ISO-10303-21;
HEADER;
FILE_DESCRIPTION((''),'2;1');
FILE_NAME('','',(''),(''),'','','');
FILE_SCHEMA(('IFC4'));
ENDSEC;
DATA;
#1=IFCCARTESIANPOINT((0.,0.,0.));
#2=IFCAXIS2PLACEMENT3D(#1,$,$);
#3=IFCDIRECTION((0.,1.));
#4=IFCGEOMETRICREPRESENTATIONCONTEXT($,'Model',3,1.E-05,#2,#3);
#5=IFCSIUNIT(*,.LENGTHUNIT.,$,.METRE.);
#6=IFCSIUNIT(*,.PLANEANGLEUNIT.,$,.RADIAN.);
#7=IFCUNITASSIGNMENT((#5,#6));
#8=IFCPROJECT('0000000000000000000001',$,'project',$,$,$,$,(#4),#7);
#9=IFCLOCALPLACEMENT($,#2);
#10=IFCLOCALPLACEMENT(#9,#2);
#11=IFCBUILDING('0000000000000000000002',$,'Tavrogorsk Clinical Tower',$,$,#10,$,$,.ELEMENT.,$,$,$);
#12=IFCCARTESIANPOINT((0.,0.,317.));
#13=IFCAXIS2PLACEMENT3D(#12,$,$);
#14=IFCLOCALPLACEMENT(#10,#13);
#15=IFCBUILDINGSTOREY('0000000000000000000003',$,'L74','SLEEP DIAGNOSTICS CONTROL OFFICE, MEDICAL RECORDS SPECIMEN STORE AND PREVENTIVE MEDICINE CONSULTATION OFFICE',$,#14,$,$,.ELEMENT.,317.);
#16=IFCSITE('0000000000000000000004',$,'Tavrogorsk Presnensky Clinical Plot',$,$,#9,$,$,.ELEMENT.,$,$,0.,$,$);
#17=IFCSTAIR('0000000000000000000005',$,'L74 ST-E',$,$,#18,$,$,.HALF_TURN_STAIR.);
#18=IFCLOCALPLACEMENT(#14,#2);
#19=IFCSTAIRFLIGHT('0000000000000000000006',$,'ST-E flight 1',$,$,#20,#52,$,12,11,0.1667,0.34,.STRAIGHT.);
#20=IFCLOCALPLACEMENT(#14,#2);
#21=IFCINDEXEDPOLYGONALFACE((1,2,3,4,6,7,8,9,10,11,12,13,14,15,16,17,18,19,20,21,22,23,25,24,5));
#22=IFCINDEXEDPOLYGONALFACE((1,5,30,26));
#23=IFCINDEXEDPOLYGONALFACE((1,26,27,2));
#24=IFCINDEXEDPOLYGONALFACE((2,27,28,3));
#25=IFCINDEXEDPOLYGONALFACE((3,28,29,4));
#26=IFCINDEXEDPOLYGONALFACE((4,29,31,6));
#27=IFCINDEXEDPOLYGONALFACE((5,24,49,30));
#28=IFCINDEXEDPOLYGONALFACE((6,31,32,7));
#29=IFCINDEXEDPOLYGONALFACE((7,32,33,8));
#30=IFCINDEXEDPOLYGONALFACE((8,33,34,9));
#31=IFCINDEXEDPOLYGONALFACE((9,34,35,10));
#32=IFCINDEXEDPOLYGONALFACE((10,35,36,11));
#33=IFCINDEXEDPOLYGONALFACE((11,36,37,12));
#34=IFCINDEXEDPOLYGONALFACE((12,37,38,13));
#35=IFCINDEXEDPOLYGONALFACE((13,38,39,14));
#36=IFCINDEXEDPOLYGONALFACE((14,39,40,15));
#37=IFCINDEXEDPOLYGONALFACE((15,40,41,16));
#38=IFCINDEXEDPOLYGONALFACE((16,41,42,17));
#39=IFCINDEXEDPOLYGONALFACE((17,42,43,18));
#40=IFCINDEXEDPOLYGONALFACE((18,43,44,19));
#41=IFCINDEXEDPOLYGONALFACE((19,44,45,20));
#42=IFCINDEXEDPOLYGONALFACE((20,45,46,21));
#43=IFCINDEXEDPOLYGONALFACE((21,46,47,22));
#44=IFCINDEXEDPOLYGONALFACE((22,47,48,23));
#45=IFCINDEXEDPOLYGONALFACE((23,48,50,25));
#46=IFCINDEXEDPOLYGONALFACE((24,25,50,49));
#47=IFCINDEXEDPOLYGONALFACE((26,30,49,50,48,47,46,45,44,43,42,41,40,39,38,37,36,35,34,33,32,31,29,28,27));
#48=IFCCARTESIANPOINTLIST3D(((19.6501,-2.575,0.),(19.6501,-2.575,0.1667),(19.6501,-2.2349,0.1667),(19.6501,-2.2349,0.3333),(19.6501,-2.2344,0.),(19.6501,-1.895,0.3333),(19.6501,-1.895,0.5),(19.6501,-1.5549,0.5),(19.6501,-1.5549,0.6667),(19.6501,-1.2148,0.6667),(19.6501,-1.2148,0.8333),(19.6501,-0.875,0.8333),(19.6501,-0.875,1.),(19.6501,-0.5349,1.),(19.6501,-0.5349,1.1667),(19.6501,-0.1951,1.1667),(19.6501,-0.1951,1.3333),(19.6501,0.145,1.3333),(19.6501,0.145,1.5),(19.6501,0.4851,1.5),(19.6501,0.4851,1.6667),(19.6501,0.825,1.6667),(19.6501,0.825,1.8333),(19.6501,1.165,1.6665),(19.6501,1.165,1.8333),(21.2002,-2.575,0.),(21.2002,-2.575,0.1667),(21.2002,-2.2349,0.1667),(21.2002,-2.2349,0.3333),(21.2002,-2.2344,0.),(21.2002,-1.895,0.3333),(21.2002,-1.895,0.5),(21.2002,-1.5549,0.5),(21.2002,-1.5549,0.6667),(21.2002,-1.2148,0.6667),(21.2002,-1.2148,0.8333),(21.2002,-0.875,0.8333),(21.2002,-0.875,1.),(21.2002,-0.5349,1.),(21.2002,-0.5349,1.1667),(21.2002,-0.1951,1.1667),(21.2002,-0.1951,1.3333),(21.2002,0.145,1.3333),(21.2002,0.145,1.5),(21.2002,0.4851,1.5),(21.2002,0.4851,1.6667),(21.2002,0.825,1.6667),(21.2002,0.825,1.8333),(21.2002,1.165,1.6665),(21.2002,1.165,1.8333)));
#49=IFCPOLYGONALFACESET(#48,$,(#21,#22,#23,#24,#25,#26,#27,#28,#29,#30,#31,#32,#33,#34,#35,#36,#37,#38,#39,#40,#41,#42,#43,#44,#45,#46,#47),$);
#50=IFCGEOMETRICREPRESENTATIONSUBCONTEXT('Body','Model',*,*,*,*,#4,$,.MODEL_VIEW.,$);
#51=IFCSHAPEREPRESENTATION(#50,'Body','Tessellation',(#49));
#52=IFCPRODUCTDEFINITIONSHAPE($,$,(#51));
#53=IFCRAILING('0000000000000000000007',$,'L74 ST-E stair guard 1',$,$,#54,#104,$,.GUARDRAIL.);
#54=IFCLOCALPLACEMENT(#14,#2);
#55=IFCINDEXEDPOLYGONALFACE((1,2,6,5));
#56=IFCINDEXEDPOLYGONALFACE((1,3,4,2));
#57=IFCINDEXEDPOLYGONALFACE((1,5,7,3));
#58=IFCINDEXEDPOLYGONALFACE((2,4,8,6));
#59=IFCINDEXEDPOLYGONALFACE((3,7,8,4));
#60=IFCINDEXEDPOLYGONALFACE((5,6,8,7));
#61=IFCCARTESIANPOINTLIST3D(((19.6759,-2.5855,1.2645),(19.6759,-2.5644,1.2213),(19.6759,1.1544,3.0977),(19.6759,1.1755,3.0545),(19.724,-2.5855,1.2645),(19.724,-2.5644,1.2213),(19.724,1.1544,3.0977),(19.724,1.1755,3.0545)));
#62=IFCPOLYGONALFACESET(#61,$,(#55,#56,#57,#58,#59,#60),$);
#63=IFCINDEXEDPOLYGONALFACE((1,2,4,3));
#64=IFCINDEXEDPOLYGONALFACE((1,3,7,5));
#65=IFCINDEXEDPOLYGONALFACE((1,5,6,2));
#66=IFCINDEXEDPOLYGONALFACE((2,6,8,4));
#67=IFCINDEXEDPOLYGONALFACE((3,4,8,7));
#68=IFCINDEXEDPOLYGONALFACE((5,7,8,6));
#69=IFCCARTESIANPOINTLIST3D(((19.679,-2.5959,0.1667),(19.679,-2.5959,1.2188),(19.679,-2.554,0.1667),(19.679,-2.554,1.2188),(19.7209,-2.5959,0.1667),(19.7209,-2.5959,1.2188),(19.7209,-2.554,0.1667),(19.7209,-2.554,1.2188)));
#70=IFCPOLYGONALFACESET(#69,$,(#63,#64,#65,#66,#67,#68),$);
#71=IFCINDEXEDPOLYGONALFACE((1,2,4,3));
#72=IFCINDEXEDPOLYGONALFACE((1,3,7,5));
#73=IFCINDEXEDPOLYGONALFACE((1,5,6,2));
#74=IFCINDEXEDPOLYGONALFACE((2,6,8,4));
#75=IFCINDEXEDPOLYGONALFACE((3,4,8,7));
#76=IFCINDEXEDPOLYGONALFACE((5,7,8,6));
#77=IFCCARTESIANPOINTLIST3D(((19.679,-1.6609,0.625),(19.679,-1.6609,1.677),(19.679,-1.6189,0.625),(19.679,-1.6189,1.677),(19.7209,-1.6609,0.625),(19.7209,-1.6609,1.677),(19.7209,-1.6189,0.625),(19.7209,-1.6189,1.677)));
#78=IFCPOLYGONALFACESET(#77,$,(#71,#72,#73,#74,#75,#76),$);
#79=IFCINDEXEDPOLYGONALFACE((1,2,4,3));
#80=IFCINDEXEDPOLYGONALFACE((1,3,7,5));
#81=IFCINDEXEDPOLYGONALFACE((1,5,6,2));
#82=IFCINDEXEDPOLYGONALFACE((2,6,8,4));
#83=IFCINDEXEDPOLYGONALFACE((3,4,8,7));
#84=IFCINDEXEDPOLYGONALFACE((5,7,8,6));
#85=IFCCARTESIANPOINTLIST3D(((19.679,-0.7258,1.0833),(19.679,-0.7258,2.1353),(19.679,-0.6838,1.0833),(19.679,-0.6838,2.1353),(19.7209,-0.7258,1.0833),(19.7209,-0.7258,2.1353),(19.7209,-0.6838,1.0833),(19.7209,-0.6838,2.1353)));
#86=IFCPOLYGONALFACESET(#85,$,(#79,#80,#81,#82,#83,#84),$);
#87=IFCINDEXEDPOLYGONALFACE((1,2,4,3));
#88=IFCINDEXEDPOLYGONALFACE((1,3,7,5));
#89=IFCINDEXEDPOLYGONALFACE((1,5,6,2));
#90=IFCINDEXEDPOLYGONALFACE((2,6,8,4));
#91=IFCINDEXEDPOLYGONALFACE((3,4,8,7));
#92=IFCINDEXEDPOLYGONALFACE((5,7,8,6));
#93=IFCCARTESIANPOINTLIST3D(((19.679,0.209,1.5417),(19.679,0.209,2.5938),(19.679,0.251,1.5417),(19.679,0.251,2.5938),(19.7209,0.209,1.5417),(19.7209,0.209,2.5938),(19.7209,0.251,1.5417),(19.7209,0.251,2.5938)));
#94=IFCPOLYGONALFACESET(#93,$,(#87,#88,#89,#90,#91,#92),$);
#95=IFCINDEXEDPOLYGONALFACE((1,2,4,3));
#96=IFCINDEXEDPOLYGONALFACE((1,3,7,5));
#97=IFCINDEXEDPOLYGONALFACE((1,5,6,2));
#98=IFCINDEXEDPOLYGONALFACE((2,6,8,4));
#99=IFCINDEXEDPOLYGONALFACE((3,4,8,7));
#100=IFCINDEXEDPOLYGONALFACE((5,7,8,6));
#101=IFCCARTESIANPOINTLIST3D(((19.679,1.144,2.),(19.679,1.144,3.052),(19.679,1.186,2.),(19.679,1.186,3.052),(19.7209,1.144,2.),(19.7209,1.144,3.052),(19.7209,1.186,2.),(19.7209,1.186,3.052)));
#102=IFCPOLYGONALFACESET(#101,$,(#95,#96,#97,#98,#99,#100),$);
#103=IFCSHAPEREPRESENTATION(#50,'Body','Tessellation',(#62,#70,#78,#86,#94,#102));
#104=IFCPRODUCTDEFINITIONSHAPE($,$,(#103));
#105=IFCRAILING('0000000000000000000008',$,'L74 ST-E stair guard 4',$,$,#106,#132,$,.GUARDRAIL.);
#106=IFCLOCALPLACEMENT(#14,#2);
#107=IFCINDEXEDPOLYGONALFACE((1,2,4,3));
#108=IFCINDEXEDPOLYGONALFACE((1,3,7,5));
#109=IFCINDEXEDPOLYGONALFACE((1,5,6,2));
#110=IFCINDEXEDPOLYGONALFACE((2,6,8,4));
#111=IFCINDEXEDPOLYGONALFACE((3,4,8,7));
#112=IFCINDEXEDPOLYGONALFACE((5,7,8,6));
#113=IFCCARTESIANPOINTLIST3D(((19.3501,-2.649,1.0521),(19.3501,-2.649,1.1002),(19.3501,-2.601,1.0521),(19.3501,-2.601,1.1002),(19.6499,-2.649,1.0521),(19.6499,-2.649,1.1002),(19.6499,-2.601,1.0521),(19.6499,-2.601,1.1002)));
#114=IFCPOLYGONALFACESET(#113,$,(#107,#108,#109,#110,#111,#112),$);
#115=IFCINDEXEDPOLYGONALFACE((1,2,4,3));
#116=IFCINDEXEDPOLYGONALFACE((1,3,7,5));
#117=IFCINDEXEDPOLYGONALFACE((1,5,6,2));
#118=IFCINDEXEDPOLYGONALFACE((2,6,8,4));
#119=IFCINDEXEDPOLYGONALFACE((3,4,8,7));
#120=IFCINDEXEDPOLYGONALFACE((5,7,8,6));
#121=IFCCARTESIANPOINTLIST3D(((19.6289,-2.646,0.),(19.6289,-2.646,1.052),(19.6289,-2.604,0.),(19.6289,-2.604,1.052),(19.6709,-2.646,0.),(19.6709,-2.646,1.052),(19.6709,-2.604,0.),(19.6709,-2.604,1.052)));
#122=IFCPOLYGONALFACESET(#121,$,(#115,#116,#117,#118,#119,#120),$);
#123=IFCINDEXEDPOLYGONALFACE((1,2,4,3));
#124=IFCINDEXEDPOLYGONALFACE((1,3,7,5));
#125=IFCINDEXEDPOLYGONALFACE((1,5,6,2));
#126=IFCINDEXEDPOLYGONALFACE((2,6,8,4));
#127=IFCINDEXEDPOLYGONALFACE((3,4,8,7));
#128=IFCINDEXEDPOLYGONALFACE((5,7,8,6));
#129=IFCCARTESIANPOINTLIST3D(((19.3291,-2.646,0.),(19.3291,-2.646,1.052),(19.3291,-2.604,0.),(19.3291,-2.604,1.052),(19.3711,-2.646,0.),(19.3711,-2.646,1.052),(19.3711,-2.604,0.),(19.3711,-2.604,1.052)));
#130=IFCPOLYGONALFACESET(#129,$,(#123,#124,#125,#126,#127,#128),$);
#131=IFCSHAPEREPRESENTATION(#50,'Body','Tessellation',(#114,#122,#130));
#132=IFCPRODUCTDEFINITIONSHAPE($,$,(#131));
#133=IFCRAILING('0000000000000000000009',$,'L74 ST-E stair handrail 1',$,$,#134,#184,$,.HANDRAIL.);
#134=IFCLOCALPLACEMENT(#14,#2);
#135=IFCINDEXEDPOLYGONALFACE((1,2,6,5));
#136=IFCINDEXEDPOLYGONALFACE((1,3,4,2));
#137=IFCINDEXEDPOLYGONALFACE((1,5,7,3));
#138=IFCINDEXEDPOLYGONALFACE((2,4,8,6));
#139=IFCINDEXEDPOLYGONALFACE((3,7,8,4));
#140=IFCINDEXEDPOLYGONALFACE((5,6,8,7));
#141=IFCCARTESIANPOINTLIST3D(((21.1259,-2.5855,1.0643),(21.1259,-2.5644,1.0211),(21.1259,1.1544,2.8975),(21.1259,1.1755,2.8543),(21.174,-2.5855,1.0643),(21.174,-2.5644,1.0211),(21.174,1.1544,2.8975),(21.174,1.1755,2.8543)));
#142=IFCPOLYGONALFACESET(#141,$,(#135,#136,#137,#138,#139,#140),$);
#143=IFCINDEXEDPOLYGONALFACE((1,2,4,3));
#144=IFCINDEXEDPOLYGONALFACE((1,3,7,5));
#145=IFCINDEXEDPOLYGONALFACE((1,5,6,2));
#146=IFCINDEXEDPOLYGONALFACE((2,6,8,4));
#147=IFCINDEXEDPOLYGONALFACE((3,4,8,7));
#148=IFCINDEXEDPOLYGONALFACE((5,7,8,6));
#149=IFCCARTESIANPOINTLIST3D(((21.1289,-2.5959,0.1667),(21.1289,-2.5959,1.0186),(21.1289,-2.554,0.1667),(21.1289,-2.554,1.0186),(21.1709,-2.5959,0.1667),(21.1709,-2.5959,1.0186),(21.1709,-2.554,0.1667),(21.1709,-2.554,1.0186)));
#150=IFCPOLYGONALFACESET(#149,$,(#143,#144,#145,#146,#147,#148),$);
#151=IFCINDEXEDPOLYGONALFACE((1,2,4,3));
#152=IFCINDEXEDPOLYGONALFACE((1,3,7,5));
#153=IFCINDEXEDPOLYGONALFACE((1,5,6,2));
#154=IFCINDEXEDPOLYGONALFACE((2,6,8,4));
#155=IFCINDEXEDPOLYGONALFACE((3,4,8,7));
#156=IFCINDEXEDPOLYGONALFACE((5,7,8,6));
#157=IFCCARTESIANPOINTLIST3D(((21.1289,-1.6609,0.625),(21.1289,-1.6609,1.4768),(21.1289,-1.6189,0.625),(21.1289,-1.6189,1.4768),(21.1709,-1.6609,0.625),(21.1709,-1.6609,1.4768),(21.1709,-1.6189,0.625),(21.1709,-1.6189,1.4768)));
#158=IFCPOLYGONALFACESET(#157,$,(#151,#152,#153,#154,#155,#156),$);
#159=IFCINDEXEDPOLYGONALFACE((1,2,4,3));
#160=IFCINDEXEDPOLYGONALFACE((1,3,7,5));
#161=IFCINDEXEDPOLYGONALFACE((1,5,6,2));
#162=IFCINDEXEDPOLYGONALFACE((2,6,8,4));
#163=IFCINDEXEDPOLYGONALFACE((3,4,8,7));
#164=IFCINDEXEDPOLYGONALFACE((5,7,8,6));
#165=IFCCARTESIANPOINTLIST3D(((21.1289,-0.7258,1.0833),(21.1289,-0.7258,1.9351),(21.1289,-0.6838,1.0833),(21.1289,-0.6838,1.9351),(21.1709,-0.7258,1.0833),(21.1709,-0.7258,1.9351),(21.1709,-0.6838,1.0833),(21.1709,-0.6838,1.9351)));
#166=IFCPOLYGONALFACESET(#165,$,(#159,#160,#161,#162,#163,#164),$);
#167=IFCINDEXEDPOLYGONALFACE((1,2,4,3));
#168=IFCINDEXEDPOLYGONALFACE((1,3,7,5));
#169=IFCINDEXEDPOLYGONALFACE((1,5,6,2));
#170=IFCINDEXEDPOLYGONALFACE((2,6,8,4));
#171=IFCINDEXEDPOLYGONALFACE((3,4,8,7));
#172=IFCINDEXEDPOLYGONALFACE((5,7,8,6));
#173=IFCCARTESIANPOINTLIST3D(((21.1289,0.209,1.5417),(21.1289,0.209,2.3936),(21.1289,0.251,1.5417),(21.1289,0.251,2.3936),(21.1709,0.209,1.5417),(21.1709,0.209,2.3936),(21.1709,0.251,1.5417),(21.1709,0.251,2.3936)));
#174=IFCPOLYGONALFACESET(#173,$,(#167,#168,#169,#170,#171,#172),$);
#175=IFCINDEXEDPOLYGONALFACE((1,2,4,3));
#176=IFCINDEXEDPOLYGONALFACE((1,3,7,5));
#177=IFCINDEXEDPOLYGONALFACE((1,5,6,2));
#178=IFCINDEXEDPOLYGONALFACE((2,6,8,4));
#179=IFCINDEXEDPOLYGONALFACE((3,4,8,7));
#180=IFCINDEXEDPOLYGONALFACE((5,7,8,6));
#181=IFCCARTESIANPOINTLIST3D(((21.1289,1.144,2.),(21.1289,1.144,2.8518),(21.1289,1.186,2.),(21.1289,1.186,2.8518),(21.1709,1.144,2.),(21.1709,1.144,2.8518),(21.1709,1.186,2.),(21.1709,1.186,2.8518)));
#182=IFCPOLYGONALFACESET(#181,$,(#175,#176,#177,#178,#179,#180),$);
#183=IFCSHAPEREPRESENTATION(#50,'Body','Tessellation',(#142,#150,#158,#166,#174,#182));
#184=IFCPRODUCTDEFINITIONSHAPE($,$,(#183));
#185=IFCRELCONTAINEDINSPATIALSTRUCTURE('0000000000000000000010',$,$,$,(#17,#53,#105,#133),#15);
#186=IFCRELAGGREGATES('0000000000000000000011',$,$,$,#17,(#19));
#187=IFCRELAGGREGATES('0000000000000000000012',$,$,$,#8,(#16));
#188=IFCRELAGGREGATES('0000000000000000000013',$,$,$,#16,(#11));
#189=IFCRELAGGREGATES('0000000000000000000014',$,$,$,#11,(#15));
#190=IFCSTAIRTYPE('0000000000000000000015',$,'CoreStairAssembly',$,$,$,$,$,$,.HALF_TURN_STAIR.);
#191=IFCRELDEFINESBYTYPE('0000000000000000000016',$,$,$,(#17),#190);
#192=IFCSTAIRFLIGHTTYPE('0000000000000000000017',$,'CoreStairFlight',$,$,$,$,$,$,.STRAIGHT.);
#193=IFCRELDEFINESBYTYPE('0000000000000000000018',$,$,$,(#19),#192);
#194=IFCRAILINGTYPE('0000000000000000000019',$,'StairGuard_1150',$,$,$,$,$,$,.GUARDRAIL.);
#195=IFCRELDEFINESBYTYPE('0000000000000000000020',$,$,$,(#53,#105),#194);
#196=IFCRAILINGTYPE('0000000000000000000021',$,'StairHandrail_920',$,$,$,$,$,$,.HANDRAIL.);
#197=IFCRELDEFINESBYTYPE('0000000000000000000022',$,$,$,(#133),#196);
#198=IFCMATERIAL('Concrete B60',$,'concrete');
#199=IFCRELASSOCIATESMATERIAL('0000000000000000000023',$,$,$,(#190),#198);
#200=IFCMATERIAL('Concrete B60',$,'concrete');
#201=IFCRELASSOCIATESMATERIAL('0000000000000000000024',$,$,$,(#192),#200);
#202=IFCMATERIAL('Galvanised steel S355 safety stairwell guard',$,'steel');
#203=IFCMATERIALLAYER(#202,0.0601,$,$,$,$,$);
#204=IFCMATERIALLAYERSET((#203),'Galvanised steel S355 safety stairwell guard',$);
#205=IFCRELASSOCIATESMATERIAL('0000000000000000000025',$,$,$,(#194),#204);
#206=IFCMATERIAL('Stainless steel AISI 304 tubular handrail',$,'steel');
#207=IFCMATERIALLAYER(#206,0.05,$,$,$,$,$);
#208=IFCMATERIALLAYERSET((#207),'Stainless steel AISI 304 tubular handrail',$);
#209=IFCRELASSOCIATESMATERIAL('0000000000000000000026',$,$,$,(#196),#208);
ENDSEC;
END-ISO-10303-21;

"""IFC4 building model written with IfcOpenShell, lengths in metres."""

from ifc_helpers import new_model, si_unit, direction, frame, origin, origin_2d, place, context, subcontext, project, spatial, polyline, rectangle, outline, extrude, material, layer, layer_set, type_object, element, aggregate, save


model = new_model("IFC4")

# Units and contexts
model_context = context("Model", 3, precision=1e-05, world=origin(), true_north=direction((0.0, 1.0)))
body_context = subcontext(model_context, "Body", "Model", "MODEL_VIEW")
ifc_project = project(units=[si_unit("LENGTHUNIT", "METRE"), si_unit("PLANEANGLEUNIT", "RADIAN")], contexts=[model_context])

# Site, building, storey
site_placement = place(None, origin())
site = spatial("IfcSite", under=ifc_project, at=site_placement, Name="Tavrogorsk Presnensky Clinical Plot", CompositionType="ELEMENT", RefElevation=0.0)
building_placement = place(site_placement, origin())
building = spatial("IfcBuilding", under=site, at=building_placement, Name="Tavrogorsk Clinical Tower", CompositionType="ELEMENT")
storey_placement = place(building_placement, frame((0.0, 0.0, 317.0)))
storey = spatial("IfcBuildingStorey", under=building, at=storey_placement, Name="L74", Description="SLEEP DIAGNOSTICS CONTROL OFFICE, MEDICAL RECORDS SPECIMEN STORE AND PREVENTIVE MEDICINE CONSULTATION OFFICE", CompositionType="ELEMENT", Elevation=317.0)

# Stair, stair flight
ifc_material_1 = material(Name="Concrete B60", Category="concrete")
stair_type = type_object("IfcStairType", Name="CoreStairAssembly", PredefinedType="HALF_TURN_STAIR", material=ifc_material_1)
stair_placement = place(storey_placement, origin())
stair = element("IfcStair", 1, at=stair_placement, inside=storey, type_object=stair_type, Name="L74 ST-E", PredefinedType="HALF_TURN_STAIR")
ifc_material_2 = material(Name="Concrete B60", Category="concrete")
stair_flight_type = type_object("IfcStairFlightType", Name="CoreStairFlight", PredefinedType="STRAIGHT", material=ifc_material_2)
stair_flight_placement = place(storey_placement, frame((20.425, -2.575, 0.0), z_axis=(0.0, 0.0, 1.0), x_axis=(0.0, 1.0, 0.0)))
stair_flight = element("IfcStairFlight", 2, at=stair_flight_placement, type_object=stair_flight_type, Name="ST-E flight 1", NumberOfRisers=12, NumberOfTreads=11, PredefinedType="STRAIGHT", RiserHeight=0.1667, TreadLength=0.34, context=body_context, shape_type="SweptSolid", body=[
    extrude(outline(polyline([(0.0, 0.0), (0.0, 0.1667), (0.3401, 0.1667), (0.3401, 0.3333), (0.6799, 0.3333), (0.6799, 0.5), (1.02, 0.5), (1.02, 0.6667), (1.3601, 0.6667), (1.3601, 0.8333), (1.7, 0.8333), (1.7, 1.0), (2.04, 1.0), (2.04, 1.1667), (2.3799, 1.1667), (2.3799, 1.3333), (2.72, 1.3333), (2.72, 1.5), (3.0601, 1.5), (3.0601, 1.6667), (3.3999, 1.6667), (3.3999, 1.8333), (3.74, 1.8333), (3.74, 2.0), (3.74, 1.6665), (0.3406, 0.0), (0.0, 0.0)])), frame((0.0, 0.7749, 0.0), z_axis=(0.0, -1.0, 0.0), x_axis=(1.0, 0.0, 0.0)), (0.0, 0.0, 1.0), 1.55),
])
aggregate(stair, [stair_flight])

# Railings
ifc_material_3 = material(Name="Galvanised steel S355 safety stairwell guard", Category="steel")
ifc_layer_1 = layer(ifc_material_3, 0.0601)
ifc_layer_set_1 = layer_set([ifc_layer_1], Name="Galvanised steel S355 safety stairwell guard")
railing_type_1 = type_object("IfcRailingType", Name="StairGuard_1150", PredefinedType="GUARDRAIL", material=ifc_layer_set_1)
railing_1_placement = place(storey_placement, frame((19.7, -2.575, 0.1667)))
element("IfcRailing", 3, at=railing_1_placement, inside=storey, type_object=railing_type_1, Name="L74 ST-E stair guard 1", PredefinedType="GUARDRAIL", context=body_context, shape_type="SweptSolid", body=[
    extrude(rectangle(XDim=0.0481, YDim=0.0481, at=origin_2d()), frame((0.0, 0.0, 1.0762), z_axis=(0.0, 0.897928, 0.440142), x_axis=(-1.0, 0.0, 0.0)), (0.0, 0.0, 1.0), 4.165),
    extrude(rectangle(XDim=0.042, YDim=0.042, at=origin_2d()), origin(), (0.0, 0.0, 1.0), 1.052),
    extrude(rectangle(XDim=0.042, YDim=0.042, at=origin_2d()), frame((0.0, 0.9351, 0.4583)), (0.0, 0.0, 1.0), 1.052),
    extrude(rectangle(XDim=0.042, YDim=0.042, at=origin_2d()), frame((0.0, 1.8701, 0.9165)), (0.0, 0.0, 1.0), 1.052),
    extrude(rectangle(XDim=0.042, YDim=0.042, at=origin_2d()), frame((0.0, 2.8049, 1.375)), (0.0, 0.0, 1.0), 1.052),
    extrude(rectangle(XDim=0.042, YDim=0.042, at=origin_2d()), frame((0.0, 3.74, 1.8333)), (0.0, 0.0, 1.0), 1.052),
])
railing_2_placement = place(storey_placement, frame((19.6499, -2.625, 0.0)))
element("IfcRailing", 4, at=railing_2_placement, inside=storey, type_object=railing_type_1, Name="L74 ST-E stair guard 4", PredefinedType="GUARDRAIL", context=body_context, shape_type="SweptSolid", body=[
    extrude(rectangle(XDim=0.0481, YDim=0.0481, at=origin_2d()), frame((0.0, 0.0, 1.0762), z_axis=(-1.0, 0.0, 0.0), x_axis=(0.0, -1.0, 0.0)), (0.0, 0.0, 1.0), 0.2998),
    extrude(rectangle(XDim=0.042, YDim=0.042, at=origin_2d()), origin(), (0.0, 0.0, 1.0), 1.052),
    extrude(rectangle(XDim=0.042, YDim=0.042, at=origin_2d()), frame((-0.2998, 0.0, 0.0)), (0.0, 0.0, 1.0), 1.052),
])
ifc_material_4 = material(Name="Stainless steel AISI 304 tubular handrail", Category="steel")
ifc_layer_2 = layer(ifc_material_4, 0.05)
ifc_layer_set_2 = layer_set([ifc_layer_2], Name="Stainless steel AISI 304 tubular handrail")
railing_type_2 = type_object("IfcRailingType", Name="StairHandrail_920", PredefinedType="HANDRAIL", material=ifc_layer_set_2)
railing_3_placement = place(storey_placement, frame((21.1499, -2.575, 0.1667)))
element("IfcRailing", 5, at=railing_3_placement, inside=storey, type_object=railing_type_2, Name="L74 ST-E stair handrail 1", PredefinedType="HANDRAIL", context=body_context, shape_type="SweptSolid", body=[
    extrude(rectangle(XDim=0.0481, YDim=0.0481, at=origin_2d()), frame((0.0, 0.0, 0.876), z_axis=(0.0, 0.897928, 0.440142), x_axis=(-1.0, 0.0, 0.0)), (0.0, 0.0, 1.0), 4.165),
    extrude(rectangle(XDim=0.042, YDim=0.042, at=origin_2d()), origin(), (0.0, 0.0, 1.0), 0.8518),
    extrude(rectangle(XDim=0.042, YDim=0.042, at=origin_2d()), frame((0.0, 0.9351, 0.4583)), (0.0, 0.0, 1.0), 0.8518),
    extrude(rectangle(XDim=0.042, YDim=0.042, at=origin_2d()), frame((0.0, 1.8701, 0.9165)), (0.0, 0.0, 1.0), 0.8518),
    extrude(rectangle(XDim=0.042, YDim=0.042, at=origin_2d()), frame((0.0, 2.8049, 1.375)), (0.0, 0.0, 1.0), 0.8518),
    extrude(rectangle(XDim=0.042, YDim=0.042, at=origin_2d()), frame((0.0, 3.74, 1.8333)), (0.0, 0.0, 1.0), 0.8518),
])

save(model, "model.ifc")
